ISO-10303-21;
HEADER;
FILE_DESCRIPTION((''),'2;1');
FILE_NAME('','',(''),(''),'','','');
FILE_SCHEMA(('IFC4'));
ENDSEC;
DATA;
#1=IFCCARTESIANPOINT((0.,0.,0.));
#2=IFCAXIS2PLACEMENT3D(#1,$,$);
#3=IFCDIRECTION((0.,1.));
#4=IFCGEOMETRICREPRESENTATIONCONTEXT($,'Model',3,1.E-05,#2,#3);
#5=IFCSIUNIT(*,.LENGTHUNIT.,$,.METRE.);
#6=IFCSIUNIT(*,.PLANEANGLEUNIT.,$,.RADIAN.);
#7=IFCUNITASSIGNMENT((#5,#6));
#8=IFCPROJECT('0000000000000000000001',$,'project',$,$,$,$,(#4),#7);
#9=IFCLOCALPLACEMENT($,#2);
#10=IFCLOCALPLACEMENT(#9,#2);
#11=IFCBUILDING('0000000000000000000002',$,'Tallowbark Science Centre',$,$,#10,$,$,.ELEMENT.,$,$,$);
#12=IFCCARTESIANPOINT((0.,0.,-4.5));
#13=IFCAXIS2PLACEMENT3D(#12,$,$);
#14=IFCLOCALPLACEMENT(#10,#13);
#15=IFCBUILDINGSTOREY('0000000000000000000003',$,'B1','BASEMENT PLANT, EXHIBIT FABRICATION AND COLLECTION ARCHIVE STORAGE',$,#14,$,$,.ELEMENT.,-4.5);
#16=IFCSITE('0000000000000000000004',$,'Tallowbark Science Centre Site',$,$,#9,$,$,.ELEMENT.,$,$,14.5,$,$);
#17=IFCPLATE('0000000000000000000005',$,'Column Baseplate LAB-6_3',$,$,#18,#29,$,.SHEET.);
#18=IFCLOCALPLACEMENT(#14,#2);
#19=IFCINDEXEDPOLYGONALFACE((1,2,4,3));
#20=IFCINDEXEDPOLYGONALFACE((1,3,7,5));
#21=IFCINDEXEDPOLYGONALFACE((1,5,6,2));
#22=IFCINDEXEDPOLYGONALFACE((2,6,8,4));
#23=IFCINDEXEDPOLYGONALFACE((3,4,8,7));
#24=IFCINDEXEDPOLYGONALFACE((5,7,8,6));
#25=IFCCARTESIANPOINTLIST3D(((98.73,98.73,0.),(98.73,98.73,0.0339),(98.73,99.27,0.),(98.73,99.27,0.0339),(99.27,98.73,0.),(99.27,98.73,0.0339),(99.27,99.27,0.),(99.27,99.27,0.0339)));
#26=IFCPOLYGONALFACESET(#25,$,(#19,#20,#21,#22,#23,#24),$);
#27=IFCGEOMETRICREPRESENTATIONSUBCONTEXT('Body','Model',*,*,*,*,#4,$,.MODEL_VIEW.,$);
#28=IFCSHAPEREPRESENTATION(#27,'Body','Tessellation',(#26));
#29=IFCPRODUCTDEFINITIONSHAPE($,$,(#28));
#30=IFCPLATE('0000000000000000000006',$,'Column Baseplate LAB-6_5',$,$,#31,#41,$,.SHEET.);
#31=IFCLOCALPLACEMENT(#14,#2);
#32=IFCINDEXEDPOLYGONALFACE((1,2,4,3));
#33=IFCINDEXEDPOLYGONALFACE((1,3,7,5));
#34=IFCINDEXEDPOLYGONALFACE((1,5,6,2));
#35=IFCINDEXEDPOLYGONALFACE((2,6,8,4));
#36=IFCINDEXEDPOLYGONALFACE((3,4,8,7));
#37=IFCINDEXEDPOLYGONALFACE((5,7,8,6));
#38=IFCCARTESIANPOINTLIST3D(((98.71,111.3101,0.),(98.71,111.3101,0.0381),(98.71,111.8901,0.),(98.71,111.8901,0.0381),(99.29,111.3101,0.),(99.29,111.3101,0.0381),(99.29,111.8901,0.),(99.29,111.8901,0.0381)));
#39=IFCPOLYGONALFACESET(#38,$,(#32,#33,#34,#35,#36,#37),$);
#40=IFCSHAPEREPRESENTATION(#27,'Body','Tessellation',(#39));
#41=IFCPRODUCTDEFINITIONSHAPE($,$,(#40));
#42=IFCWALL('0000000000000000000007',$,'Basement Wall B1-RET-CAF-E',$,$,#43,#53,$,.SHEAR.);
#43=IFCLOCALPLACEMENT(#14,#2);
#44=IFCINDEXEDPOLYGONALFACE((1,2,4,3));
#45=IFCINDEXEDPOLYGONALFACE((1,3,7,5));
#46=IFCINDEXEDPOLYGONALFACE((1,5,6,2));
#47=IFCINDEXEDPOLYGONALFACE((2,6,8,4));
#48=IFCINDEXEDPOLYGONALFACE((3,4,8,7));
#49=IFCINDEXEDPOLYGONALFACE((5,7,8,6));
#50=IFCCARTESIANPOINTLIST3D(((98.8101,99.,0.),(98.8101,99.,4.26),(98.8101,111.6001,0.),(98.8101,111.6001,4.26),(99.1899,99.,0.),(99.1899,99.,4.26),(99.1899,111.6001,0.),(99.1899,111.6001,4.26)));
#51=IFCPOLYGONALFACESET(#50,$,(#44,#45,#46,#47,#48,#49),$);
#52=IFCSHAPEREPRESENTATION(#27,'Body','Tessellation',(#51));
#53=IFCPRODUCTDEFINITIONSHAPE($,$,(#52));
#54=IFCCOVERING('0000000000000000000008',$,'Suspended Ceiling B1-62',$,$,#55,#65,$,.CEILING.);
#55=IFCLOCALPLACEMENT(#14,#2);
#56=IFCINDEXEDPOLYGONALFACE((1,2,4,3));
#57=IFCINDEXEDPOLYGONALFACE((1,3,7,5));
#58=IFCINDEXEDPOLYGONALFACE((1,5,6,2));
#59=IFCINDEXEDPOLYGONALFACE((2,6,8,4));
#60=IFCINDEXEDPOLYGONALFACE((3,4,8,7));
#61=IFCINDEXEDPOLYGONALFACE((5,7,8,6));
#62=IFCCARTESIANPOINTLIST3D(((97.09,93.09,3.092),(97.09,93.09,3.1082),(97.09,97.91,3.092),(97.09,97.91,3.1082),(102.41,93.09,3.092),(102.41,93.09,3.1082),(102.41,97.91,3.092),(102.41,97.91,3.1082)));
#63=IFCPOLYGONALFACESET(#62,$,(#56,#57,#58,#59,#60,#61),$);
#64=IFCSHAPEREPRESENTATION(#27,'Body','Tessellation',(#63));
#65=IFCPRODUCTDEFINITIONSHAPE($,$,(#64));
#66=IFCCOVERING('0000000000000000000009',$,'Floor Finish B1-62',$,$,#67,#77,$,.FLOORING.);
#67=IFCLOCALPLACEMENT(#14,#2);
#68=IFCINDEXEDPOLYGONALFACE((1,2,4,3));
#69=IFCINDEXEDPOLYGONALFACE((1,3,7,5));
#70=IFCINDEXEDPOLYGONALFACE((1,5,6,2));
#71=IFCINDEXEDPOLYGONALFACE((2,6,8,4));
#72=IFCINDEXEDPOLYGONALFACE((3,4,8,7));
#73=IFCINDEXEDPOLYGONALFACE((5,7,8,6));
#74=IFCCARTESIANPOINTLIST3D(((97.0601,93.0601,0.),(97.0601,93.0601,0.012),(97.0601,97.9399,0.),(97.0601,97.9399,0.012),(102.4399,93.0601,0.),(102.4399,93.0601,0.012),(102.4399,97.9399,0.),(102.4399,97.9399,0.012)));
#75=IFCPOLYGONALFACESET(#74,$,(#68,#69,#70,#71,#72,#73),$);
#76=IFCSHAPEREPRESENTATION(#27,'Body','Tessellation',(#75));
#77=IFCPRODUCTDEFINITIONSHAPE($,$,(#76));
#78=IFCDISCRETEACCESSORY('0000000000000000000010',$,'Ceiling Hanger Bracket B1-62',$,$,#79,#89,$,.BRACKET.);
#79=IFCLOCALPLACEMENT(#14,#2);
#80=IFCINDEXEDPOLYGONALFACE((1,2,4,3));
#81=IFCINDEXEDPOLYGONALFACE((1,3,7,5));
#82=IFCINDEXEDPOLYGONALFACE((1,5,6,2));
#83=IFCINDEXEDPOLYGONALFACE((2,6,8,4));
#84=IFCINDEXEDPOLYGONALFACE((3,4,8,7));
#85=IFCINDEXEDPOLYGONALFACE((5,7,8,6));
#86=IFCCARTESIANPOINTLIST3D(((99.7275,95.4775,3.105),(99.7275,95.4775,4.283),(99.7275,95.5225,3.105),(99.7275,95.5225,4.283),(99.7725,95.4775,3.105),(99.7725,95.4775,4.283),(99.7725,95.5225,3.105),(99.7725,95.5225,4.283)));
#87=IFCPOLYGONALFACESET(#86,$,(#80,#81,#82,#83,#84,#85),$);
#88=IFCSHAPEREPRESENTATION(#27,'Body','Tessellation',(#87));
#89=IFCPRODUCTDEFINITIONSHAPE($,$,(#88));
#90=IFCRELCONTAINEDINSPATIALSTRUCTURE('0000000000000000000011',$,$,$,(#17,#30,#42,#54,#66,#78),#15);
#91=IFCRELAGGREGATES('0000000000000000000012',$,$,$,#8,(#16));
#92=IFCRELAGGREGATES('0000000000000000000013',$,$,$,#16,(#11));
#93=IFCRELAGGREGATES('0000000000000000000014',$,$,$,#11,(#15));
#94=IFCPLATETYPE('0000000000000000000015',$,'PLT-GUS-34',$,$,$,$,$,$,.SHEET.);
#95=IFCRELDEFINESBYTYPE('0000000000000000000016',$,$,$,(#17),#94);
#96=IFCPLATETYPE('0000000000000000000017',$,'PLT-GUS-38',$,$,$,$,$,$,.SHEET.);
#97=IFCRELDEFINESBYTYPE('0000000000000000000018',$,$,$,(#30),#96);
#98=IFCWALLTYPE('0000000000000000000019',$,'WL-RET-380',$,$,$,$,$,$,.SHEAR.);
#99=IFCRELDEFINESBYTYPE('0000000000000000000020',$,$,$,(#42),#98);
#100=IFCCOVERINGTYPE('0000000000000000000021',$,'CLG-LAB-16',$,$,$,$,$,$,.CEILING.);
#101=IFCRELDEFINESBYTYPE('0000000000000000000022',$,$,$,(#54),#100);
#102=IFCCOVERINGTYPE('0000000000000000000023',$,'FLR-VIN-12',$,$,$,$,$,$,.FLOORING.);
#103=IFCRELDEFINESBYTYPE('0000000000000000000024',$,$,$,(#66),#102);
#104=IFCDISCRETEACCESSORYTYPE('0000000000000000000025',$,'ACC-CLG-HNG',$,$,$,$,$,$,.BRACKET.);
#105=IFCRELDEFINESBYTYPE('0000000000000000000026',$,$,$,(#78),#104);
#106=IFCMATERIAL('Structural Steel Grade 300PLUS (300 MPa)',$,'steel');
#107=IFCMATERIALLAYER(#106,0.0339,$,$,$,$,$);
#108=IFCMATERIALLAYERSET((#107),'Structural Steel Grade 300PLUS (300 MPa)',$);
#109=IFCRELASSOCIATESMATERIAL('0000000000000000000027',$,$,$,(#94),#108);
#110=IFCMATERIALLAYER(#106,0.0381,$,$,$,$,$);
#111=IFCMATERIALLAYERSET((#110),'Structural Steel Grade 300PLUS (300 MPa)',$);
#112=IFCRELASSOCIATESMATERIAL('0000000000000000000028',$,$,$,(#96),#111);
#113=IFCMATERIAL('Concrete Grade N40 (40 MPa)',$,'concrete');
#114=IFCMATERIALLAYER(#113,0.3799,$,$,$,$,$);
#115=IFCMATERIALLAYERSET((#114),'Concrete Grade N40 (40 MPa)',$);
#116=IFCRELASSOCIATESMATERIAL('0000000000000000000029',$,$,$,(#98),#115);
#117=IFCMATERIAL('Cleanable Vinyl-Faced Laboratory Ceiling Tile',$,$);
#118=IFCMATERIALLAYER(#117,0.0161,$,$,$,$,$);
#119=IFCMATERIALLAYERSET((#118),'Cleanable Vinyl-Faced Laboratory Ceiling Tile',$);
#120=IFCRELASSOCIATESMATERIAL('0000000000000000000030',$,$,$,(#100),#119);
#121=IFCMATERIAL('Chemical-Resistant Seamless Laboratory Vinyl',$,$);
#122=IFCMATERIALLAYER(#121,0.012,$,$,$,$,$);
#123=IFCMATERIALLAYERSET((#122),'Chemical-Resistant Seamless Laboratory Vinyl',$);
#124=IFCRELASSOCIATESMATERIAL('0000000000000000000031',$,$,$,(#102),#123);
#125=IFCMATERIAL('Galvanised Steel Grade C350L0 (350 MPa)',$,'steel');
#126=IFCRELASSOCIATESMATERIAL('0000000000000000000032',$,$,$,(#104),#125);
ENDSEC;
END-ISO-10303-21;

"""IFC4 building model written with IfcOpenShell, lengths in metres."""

from ifc_helpers import new_model, si_unit, direction, frame, frame_2d, origin, origin_2d, place, context, subcontext, project, spatial, rectangle, extrude, material, layer, layer_set, type_object, element, save


model = new_model("IFC4")

# Units and contexts
model_context = context("Model", 3, precision=1e-05, world=origin(), true_north=direction((0.0, 1.0)))
body_context = subcontext(model_context, "Body", "Model", "MODEL_VIEW")
ifc_project = project(units=[si_unit("LENGTHUNIT", "METRE"), si_unit("PLANEANGLEUNIT", "RADIAN")], contexts=[model_context])

# Site, building, storey
site_placement = place(None, origin())
site = spatial("IfcSite", under=ifc_project, at=site_placement, Name="Tallowbark Science Centre Site", CompositionType="ELEMENT", RefElevation=14.5)
building_placement = place(site_placement, origin())
building = spatial("IfcBuilding", under=site, at=building_placement, Name="Tallowbark Science Centre", CompositionType="ELEMENT")
storey_placement = place(building_placement, frame((0.0, 0.0, -4.5)))
storey = spatial("IfcBuildingStorey", under=building, at=storey_placement, Name="B1", Description="BASEMENT PLANT, EXHIBIT FABRICATION AND COLLECTION ARCHIVE STORAGE", CompositionType="ELEMENT", Elevation=-4.5)

# Shared definitions
ifc_material_1 = material(Name="Concrete Grade N40 (40 MPa)", Category="concrete")

# Shared definitions
ifc_material_2 = material(Name="Structural Steel Grade 300PLUS (300 MPa)", Category="steel")

# Plates
ifc_layer_1 = layer(ifc_material_2, 0.0339)
ifc_layer_set_1 = layer_set([ifc_layer_1], Name="Structural Steel Grade 300PLUS (300 MPa)")
plate_type_1 = type_object("IfcPlateType", Name="PLT-GUS-34", PredefinedType="SHEET", material=ifc_layer_set_1)
plate_1_placement = place(storey_placement, frame((99.0, 99.0, 0.0), z_axis=(0.0, 0.0, 1.0), x_axis=(1.0, 0.0, 0.0)))
element("IfcPlate", 1, at=plate_1_placement, inside=storey, type_object=plate_type_1, Name="Column Baseplate LAB-6_3", PredefinedType="SHEET", context=body_context, shape_type="SweptSolid", body=[
    extrude(rectangle(XDim=0.54, YDim=0.54, at=origin_2d()), origin(), (0.0, 0.0, 1.0), 0.0339),
])
ifc_layer_2 = layer(ifc_material_2, 0.0381)
ifc_layer_set_2 = layer_set([ifc_layer_2], Name="Structural Steel Grade 300PLUS (300 MPa)")
plate_type_2 = type_object("IfcPlateType", Name="PLT-GUS-38", PredefinedType="SHEET", material=ifc_layer_set_2)
plate_2_placement = place(storey_placement, frame((99.0, 111.6001, 0.0), z_axis=(0.0, 0.0, 1.0), x_axis=(1.0, 0.0, 0.0)))
element("IfcPlate", 2, at=plate_2_placement, inside=storey, type_object=plate_type_2, Name="Column Baseplate LAB-6_5", PredefinedType="SHEET", context=body_context, shape_type="SweptSolid", body=[
    extrude(rectangle(XDim=0.5801, YDim=0.5801, at=origin_2d()), origin(), (0.0, 0.0, 1.0), 0.0381),
])

# Wall
ifc_layer_3 = layer(ifc_material_1, 0.3799)
ifc_layer_set_3 = layer_set([ifc_layer_3], Name="Concrete Grade N40 (40 MPa)")
wall_type = type_object("IfcWallType", Name="WL-RET-380", PredefinedType="SHEAR", material=ifc_layer_set_3)
wall_placement = place(storey_placement, frame((99.0, 99.0, 0.0), z_axis=(0.0, 0.0, 1.0), x_axis=(0.0, 1.0, 0.0)))
element("IfcWall", 3, at=wall_placement, inside=storey, type_object=wall_type, Name="Basement Wall B1-RET-CAF-E", PredefinedType="SHEAR", context=body_context, shape_type="SweptSolid", body=[
    extrude(rectangle(XDim=12.6001, YDim=0.3799, at=frame_2d((6.3, 0.0))), origin(), (0.0, 0.0, 1.0), 4.26),
])

# Coverings
ifc_material_3 = material(Name="Cleanable Vinyl-Faced Laboratory Ceiling Tile")
ifc_layer_4 = layer(ifc_material_3, 0.0161)
ifc_layer_set_4 = layer_set([ifc_layer_4], Name="Cleanable Vinyl-Faced Laboratory Ceiling Tile")
covering_type_1 = type_object("IfcCoveringType", Name="CLG-LAB-16", PredefinedType="CEILING", material=ifc_layer_set_4)
covering_1_placement = place(storey_placement, frame((99.75, 95.5, 3.092), z_axis=(0.0, 0.0, 1.0), x_axis=(1.0, 0.0, 0.0)))
element("IfcCovering", 4, at=covering_1_placement, inside=storey, type_object=covering_type_1, Name="Suspended Ceiling B1-62", PredefinedType="CEILING", context=body_context, shape_type="SweptSolid", body=[
    extrude(rectangle(XDim=5.3201, YDim=4.8201, at=origin_2d()), origin(), (0.0, 0.0, 1.0), 0.0161),
])
ifc_material_4 = material(Name="Chemical-Resistant Seamless Laboratory Vinyl")
ifc_layer_5 = layer(ifc_material_4, 0.012)
ifc_layer_set_5 = layer_set([ifc_layer_5], Name="Chemical-Resistant Seamless Laboratory Vinyl")
covering_type_2 = type_object("IfcCoveringType", Name="FLR-VIN-12", PredefinedType="FLOORING", material=ifc_layer_set_5)
covering_2_placement = place(storey_placement, frame((99.75, 95.5, 0.0), z_axis=(0.0, 0.0, 1.0), x_axis=(1.0, 0.0, 0.0)))
element("IfcCovering", 5, at=covering_2_placement, inside=storey, type_object=covering_type_2, Name="Floor Finish B1-62", PredefinedType="FLOORING", context=body_context, shape_type="SweptSolid", body=[
    extrude(rectangle(XDim=5.3799, YDim=4.8799, at=origin_2d()), origin(), (0.0, 0.0, 1.0), 0.012),
])

# Discrete accessory
ifc_material_5 = material(Name="Galvanised Steel Grade C350L0 (350 MPa)", Category="steel")
discrete_accessory_type = type_object("IfcDiscreteAccessoryType", Name="ACC-CLG-HNG", PredefinedType="BRACKET", material=ifc_material_5)
discrete_accessory_placement = place(storey_placement, frame((99.75, 95.5, 3.105), z_axis=(0.0, 0.0, 1.0), x_axis=(1.0, 0.0, 0.0)))
element("IfcDiscreteAccessory", 6, at=discrete_accessory_placement, inside=storey, type_object=discrete_accessory_type, Name="Ceiling Hanger Bracket B1-62", PredefinedType="BRACKET", context=body_context, shape_type="SweptSolid", body=[
    extrude(rectangle(XDim=0.0449, YDim=0.0449, at=origin_2d()), origin(), (0.0, 0.0, 1.0), 1.178),
])

save(model, "model.ifc")
